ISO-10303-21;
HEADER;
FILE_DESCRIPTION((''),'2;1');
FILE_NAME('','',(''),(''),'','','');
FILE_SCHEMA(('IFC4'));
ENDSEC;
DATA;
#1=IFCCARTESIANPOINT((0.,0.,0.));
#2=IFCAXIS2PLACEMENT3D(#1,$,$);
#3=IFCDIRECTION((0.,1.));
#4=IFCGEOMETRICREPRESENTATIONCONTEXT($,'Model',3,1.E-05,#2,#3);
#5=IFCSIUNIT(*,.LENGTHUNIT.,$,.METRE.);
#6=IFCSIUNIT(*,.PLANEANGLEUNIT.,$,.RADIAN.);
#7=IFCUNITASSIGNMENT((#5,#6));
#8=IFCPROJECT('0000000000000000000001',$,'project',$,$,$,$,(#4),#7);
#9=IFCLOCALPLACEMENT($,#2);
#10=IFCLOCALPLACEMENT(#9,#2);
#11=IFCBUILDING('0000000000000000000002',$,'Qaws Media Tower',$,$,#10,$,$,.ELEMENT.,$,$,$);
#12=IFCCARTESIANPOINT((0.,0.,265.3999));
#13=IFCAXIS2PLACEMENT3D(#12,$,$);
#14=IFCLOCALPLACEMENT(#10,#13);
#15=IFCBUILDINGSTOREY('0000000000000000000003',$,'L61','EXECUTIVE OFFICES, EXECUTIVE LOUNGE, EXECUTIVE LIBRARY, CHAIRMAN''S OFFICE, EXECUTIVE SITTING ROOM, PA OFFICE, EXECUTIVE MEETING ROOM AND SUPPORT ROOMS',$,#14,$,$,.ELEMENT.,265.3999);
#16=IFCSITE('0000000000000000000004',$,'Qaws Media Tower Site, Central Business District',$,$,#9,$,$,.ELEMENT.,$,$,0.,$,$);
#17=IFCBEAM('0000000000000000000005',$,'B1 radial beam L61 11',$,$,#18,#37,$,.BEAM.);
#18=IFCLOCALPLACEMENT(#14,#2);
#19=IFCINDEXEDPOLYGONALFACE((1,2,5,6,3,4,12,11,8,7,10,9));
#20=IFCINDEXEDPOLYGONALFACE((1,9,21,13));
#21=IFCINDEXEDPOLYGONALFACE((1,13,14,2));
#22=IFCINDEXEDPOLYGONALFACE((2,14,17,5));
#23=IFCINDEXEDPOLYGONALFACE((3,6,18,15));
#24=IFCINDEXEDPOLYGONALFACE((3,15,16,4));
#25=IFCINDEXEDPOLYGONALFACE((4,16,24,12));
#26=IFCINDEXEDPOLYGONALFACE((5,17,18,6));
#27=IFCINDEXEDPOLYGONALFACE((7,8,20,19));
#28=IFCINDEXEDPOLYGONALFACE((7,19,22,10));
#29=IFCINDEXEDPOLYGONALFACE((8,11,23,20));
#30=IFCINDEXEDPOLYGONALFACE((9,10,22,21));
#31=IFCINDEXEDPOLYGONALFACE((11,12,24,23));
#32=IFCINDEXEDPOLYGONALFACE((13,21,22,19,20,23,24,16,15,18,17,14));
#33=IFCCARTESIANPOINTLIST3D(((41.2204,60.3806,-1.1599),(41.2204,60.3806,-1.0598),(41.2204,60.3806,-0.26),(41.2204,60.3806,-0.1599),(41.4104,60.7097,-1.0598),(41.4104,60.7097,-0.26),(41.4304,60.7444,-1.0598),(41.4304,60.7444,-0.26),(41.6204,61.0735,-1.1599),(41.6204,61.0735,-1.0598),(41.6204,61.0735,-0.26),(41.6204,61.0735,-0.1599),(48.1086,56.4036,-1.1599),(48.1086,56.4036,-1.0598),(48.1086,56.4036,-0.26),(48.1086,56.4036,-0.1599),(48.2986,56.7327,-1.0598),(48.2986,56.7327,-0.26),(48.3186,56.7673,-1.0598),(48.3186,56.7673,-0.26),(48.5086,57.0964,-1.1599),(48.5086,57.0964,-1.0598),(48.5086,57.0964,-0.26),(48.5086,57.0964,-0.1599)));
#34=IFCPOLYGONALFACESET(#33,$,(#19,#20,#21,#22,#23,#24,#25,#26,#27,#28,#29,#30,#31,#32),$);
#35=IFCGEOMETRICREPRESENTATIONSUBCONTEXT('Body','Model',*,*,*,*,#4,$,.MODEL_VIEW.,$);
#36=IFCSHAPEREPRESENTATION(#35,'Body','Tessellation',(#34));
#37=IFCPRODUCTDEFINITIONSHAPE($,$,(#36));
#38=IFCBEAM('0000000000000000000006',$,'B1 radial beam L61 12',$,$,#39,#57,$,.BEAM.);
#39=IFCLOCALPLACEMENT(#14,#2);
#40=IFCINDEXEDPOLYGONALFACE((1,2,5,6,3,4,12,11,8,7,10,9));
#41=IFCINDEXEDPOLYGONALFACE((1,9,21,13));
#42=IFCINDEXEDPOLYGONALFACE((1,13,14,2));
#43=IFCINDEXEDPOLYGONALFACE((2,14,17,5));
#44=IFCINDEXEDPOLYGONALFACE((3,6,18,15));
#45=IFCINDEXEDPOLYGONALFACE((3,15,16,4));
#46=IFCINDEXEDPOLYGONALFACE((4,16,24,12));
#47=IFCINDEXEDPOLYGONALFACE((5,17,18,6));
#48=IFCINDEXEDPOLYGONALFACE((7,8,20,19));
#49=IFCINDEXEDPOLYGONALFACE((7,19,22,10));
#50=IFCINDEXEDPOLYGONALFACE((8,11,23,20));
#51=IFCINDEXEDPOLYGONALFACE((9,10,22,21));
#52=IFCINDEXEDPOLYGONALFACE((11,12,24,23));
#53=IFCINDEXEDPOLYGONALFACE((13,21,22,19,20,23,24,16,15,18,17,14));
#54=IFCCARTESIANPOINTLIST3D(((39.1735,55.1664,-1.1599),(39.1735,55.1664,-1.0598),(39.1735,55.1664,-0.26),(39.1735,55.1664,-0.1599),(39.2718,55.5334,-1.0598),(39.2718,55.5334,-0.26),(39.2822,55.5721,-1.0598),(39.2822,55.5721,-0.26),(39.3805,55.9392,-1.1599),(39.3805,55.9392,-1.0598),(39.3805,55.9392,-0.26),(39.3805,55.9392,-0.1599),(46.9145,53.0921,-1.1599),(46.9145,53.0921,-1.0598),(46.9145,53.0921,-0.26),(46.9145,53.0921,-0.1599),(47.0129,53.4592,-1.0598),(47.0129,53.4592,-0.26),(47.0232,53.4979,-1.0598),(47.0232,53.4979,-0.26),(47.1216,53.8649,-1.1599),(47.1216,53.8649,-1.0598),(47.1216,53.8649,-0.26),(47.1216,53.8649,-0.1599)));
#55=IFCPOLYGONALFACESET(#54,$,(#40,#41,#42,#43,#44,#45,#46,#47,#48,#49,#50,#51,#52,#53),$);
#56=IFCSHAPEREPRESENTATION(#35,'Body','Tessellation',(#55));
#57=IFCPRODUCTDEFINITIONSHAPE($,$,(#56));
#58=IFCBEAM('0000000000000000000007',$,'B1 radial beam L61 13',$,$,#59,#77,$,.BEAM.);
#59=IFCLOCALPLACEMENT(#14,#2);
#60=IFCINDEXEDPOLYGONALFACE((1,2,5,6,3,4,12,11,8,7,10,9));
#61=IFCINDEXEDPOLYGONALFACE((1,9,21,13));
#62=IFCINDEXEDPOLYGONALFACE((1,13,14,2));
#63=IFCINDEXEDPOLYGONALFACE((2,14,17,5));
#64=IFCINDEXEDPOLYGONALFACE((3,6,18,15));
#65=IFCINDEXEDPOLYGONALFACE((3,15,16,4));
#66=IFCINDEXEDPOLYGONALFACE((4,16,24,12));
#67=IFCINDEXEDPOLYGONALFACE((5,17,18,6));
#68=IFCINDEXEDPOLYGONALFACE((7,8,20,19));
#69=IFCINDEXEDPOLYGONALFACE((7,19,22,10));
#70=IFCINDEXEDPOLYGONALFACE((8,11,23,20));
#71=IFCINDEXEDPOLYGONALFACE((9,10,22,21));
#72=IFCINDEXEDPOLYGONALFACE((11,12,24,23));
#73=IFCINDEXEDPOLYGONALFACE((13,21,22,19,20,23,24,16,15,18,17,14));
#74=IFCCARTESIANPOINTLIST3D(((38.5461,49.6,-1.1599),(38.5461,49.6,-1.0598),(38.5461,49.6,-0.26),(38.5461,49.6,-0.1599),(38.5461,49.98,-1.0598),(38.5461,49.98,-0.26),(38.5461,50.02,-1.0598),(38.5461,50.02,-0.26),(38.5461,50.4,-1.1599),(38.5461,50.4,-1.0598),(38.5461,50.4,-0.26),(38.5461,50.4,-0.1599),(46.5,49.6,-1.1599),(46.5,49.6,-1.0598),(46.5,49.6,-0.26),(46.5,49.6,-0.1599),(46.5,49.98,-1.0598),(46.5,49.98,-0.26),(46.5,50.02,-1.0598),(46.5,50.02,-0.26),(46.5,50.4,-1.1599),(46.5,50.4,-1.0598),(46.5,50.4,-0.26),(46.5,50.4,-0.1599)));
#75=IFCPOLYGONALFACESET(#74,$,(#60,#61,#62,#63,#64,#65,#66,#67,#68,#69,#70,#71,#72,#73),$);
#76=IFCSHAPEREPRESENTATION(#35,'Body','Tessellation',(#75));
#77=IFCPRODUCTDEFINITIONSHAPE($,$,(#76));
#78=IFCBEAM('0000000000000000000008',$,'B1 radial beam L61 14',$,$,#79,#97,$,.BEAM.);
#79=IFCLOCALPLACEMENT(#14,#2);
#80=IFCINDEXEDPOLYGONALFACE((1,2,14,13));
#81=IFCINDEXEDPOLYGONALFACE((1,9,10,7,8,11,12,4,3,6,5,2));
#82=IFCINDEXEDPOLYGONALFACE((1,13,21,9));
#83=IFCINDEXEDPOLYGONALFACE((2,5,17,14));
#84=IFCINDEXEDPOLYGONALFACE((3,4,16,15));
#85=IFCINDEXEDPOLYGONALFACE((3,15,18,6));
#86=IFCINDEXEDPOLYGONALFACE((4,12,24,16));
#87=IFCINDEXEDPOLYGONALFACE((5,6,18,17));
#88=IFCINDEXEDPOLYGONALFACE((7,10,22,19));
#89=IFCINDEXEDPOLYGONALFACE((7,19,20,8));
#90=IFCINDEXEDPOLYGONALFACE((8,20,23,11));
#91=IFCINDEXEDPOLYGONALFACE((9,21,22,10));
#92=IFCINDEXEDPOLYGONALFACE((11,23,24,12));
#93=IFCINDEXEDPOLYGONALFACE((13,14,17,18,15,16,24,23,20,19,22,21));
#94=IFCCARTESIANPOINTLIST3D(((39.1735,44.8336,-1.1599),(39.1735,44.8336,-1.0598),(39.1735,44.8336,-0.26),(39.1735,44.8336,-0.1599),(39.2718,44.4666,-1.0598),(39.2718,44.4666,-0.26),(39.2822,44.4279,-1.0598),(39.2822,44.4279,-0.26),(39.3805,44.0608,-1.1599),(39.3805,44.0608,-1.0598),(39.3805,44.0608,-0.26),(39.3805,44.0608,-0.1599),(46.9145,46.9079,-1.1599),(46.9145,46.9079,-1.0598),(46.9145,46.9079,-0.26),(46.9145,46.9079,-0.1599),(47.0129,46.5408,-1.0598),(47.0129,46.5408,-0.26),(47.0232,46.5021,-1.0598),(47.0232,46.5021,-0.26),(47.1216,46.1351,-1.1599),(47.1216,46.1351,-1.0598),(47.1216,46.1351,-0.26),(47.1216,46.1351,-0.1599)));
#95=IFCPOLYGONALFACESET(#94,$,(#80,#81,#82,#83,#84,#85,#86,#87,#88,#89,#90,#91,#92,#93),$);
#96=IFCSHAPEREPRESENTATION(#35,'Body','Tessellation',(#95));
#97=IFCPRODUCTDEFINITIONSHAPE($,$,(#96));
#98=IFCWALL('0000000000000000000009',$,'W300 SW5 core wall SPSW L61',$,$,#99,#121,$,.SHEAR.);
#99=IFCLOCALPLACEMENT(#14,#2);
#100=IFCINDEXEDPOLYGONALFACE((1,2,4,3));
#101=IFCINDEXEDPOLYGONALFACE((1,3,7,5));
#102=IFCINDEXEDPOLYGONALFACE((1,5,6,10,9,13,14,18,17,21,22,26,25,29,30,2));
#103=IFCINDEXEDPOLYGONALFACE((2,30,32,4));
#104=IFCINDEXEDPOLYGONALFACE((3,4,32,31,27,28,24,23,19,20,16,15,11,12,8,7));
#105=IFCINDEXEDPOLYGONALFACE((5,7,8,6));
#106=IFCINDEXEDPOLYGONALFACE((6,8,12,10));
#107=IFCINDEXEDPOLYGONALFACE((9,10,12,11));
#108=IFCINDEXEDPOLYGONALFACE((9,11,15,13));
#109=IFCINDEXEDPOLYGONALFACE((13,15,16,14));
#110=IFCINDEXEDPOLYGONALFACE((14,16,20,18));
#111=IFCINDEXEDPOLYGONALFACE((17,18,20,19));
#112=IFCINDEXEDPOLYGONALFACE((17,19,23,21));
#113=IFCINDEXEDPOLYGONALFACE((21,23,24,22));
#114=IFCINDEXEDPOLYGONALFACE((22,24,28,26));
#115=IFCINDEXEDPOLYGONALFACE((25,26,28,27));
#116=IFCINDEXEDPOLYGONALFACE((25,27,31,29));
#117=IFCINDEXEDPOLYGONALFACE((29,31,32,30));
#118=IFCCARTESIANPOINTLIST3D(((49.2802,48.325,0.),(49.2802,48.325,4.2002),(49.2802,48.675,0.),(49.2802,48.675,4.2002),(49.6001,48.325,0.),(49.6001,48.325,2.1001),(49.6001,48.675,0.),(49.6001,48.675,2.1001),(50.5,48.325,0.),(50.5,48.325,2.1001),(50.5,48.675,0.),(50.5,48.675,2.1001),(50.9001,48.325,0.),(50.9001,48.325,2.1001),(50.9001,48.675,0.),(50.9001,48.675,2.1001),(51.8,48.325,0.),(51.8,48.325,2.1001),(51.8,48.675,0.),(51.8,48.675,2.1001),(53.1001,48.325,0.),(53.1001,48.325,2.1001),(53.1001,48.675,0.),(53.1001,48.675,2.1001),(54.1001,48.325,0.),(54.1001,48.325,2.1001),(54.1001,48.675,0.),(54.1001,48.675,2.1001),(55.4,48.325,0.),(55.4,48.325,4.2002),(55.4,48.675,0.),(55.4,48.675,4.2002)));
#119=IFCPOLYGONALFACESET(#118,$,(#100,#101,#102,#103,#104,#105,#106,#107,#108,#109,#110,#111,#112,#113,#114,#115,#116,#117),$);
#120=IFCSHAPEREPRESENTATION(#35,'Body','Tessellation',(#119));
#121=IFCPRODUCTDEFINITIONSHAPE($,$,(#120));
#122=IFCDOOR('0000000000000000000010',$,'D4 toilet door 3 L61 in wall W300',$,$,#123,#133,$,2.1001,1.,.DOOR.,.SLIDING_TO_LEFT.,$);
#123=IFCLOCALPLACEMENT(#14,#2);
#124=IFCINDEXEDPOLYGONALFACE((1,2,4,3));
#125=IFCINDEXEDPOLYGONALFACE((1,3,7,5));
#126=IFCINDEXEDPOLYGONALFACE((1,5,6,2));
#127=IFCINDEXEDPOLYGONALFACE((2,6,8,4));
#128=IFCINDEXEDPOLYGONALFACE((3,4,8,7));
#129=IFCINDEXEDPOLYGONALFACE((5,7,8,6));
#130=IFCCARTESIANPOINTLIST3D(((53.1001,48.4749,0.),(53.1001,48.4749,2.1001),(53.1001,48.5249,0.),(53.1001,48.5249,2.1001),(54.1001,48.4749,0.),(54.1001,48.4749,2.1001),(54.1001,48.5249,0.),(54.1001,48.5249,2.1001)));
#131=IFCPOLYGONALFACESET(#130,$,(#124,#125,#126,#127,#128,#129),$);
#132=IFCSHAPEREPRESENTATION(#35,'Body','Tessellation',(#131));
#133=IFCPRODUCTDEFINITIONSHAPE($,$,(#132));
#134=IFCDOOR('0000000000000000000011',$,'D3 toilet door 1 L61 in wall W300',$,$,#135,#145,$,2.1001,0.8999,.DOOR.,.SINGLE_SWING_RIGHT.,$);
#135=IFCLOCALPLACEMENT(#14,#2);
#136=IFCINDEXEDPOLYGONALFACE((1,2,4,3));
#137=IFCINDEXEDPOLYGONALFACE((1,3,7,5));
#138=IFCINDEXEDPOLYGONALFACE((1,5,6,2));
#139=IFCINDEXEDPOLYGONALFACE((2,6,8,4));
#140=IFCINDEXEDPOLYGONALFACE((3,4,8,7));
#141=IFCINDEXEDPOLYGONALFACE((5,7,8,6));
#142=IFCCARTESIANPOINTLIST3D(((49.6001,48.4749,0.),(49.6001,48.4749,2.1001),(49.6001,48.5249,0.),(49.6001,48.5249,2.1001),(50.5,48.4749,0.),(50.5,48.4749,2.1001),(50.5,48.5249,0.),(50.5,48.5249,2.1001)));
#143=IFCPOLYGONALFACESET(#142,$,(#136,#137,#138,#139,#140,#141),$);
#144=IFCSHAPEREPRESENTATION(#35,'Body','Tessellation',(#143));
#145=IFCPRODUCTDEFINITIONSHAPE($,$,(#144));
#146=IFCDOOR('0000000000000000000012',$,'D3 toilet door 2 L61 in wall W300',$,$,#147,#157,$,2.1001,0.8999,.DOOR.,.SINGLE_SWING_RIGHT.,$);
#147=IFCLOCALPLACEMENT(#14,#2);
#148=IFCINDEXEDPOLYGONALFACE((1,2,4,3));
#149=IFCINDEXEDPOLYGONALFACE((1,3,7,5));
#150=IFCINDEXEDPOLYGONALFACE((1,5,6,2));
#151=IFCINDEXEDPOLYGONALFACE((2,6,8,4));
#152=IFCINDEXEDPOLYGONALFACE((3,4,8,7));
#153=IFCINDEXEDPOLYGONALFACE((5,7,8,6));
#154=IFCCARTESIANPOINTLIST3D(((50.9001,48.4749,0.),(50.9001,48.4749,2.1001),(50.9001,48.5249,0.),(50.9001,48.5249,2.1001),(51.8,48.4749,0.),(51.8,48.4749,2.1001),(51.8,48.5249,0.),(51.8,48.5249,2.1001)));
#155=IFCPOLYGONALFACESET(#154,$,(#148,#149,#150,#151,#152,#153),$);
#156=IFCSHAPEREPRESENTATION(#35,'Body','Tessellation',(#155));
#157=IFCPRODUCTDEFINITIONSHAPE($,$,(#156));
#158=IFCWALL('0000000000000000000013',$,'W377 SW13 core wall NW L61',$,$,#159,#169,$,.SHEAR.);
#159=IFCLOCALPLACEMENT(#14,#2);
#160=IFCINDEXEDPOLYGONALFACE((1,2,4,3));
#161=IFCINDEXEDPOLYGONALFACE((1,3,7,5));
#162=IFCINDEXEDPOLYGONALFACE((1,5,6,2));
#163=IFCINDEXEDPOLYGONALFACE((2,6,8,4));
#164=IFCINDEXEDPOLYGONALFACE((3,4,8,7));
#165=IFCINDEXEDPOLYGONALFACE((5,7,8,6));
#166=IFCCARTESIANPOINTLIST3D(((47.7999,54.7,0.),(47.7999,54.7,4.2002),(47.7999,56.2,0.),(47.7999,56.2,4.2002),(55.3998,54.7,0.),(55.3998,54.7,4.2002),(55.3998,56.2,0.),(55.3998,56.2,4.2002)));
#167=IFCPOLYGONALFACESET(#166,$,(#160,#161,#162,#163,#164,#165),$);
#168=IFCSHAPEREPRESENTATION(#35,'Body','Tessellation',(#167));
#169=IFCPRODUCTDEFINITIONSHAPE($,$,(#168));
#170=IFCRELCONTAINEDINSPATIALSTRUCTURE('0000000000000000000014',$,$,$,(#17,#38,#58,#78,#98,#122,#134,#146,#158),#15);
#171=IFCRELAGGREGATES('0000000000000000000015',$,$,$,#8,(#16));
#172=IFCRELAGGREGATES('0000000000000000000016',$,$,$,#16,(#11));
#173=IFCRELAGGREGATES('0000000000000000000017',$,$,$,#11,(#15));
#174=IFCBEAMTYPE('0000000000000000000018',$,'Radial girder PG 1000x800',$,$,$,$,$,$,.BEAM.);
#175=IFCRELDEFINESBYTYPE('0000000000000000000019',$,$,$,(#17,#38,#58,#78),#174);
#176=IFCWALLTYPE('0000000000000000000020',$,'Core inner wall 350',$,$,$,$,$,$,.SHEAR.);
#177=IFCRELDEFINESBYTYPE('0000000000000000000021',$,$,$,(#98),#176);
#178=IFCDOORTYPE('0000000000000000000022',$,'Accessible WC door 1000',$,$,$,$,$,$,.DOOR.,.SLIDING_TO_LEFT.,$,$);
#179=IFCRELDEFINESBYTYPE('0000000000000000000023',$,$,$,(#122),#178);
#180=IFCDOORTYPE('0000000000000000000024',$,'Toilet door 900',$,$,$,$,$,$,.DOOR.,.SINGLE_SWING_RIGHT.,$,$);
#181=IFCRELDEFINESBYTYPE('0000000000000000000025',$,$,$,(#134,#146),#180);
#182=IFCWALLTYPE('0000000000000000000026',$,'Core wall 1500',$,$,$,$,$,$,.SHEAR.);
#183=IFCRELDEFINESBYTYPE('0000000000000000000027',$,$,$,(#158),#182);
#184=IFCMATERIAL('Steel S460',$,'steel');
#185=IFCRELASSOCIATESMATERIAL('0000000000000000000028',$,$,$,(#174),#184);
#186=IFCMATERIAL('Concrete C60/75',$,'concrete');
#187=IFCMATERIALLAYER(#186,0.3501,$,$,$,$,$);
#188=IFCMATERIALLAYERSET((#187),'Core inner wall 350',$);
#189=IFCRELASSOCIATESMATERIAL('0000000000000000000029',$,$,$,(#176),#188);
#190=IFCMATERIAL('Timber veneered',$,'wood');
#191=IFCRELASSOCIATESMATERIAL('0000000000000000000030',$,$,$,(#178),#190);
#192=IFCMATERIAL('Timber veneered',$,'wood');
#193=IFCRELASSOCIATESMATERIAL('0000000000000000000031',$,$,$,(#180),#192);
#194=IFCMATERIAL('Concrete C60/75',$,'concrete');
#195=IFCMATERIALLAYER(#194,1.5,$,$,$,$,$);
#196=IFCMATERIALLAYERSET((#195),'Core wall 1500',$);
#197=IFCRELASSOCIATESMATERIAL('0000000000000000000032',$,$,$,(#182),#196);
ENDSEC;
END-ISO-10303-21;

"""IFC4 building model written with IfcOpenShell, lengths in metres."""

from ifc_helpers import new_model, si_unit, direction, frame, frame_2d, origin, origin_2d, place, context, subcontext, project, spatial, rectangle, i_section, extrude, material, layer, layer_set, material_profile, profile_set, type_object, element, fill, save


model = new_model("IFC4")

# Units and contexts
model_context = context("Model", 3, precision=1e-05, world=origin(), true_north=direction((0.0, 1.0)))
body_context = subcontext(model_context, "Body", "Model", "MODEL_VIEW")
ifc_project = project(units=[si_unit("LENGTHUNIT", "METRE"), si_unit("PLANEANGLEUNIT", "RADIAN")], contexts=[model_context])

# Site, building, storey
site_placement = place(None, origin())
site = spatial("IfcSite", under=ifc_project, at=site_placement, Name="Qaws Media Tower Site, Central Business District", CompositionType="ELEMENT", RefElevation=0.0)
building_placement = place(site_placement, origin())
building = spatial("IfcBuilding", under=site, at=building_placement, Name="Qaws Media Tower", CompositionType="ELEMENT")
storey_placement = place(building_placement, frame((0.0, 0.0, 265.3999)))
storey = spatial("IfcBuildingStorey", under=building, at=storey_placement, Name="L61", Description="EXECUTIVE OFFICES, EXECUTIVE LOUNGE, EXECUTIVE LIBRARY, CHAIRMAN'S OFFICE, EXECUTIVE SITTING ROOM, PA OFFICE, EXECUTIVE MEETING ROOM AND SUPPORT ROOMS", CompositionType="ELEMENT", Elevation=265.3999)

# Beams
ifc_material_1 = material(Name="Steel S460", Category="steel")
ifc_material_profile_1 = material_profile(ifc_material_1, i_section(OverallWidth=0.8, OverallDepth=1.0, WebThickness=0.04, FlangeThickness=0.1001, at=origin_2d()), Name="PG 1000x800")
ifc_profile_set_1 = profile_set([ifc_material_profile_1], Name="Steel S460")
beam_type_1 = type_object("IfcBeamType", Name="Radial girder PG 1000x800", PredefinedType="BEAM", material=ifc_profile_set_1)
beam_1_placement = place(storey_placement, frame((48.3086, 56.75, -0.6599), z_axis=(-0.866017, 0.500015, 0.0), x_axis=(-0.500015, -0.866017, 0.0)))
element("IfcBeam", 1, at=beam_1_placement, inside=storey, type_object=beam_type_1, Name="B1 radial beam L61 11", PredefinedType="BEAM", context=body_context, shape_type="SweptSolid", body=[
    extrude(i_section(OverallWidth=0.8, OverallDepth=1.0, WebThickness=0.04, FlangeThickness=0.1001, at=origin_2d()), origin(), (0.0, 0.0, 1.0), 7.9539),
])
beam_2_placement = place(storey_placement, frame((47.0181, 53.4785, -0.6599), z_axis=(-0.965925, 0.258823, 0.0), x_axis=(-0.258823, -0.965925, 0.0)))
element("IfcBeam", 2, at=beam_2_placement, inside=storey, type_object=beam_type_1, Name="B1 radial beam L61 12", PredefinedType="BEAM", context=body_context, shape_type="SweptSolid", body=[
    extrude(i_section(OverallWidth=0.8, OverallDepth=1.0, WebThickness=0.04, FlangeThickness=0.1001, at=origin_2d()), origin(), (0.0, 0.0, 1.0), 8.0142),
])
beam_3_placement = place(storey_placement, frame((46.5, 50.0, -0.6599), z_axis=(-1.0, 0.0, 0.0), x_axis=(0.0, -1.0, 0.0)))
element("IfcBeam", 3, at=beam_3_placement, inside=storey, type_object=beam_type_1, Name="B1 radial beam L61 13", PredefinedType="BEAM", context=body_context, shape_type="SweptSolid", body=[
    extrude(i_section(OverallWidth=0.8, OverallDepth=1.0, WebThickness=0.04, FlangeThickness=0.1001, at=origin_2d()), origin(), (0.0, 0.0, 1.0), 7.9539),
])
beam_4_placement = place(storey_placement, frame((47.0181, 46.5215, -0.6599), z_axis=(-0.965925, -0.258823, 0.0), x_axis=(0.258823, -0.965925, 0.0)))
element("IfcBeam", 4, at=beam_4_placement, inside=storey, type_object=beam_type_1, Name="B1 radial beam L61 14", PredefinedType="BEAM", context=body_context, shape_type="SweptSolid", body=[
    extrude(i_section(OverallWidth=0.8, OverallDepth=1.0, WebThickness=0.04, FlangeThickness=0.1001, at=origin_2d()), origin(), (0.0, 0.0, 1.0), 8.0142),
])

# Wall, openings, doors
ifc_material_2 = material(Name="Concrete C60/75", Category="concrete")
ifc_layer_1 = layer(ifc_material_2, 0.3501)
ifc_layer_set_1 = layer_set([ifc_layer_1], Name="Core inner wall 350")
wall_type_1 = type_object("IfcWallType", Name="Core inner wall 350", PredefinedType="SHEAR", material=ifc_layer_set_1)
wall_1_placement = place(storey_placement, frame((49.28, 48.5, 0.0), z_axis=(0.0, 0.0, 1.0), x_axis=(1.0, 0.0, 0.0)))
wall_1 = element("IfcWall", 5, at=wall_1_placement, inside=storey, type_object=wall_type_1, Name="W300 SW5 core wall SPSW L61", PredefinedType="SHEAR", context=body_context, shape_type="SweptSolid", body=[
    extrude(rectangle(XDim=6.1199, YDim=0.3501, at=frame_2d((3.0601, 0.0))), origin(), (0.0, 0.0, 1.0), 4.2002),
])
opening_1_placement = place(wall_1_placement, frame((0.3201, 0.0, 0.0)))
opening_1 = element("IfcOpeningElement", 6, at=opening_1_placement, cuts=wall_1, PredefinedType="OPENING", context=body_context, shape_type="SweptSolid", body=[
    extrude(rectangle(XDim=0.8999, YDim=2.1001, at=frame_2d((0.45, 1.05))), frame((0.0, 0.1851, 0.0), z_axis=(0.0, -1.0, 0.0), x_axis=(1.0, 0.0, 0.0)), (0.0, 0.0, 1.0), 0.3701),
])
opening_2_placement = place(wall_1_placement, frame((1.6201, 0.0, 0.0)))
opening_2 = element("IfcOpeningElement", 7, at=opening_2_placement, cuts=wall_1, PredefinedType="OPENING", context=body_context, shape_type="SweptSolid", body=[
    extrude(rectangle(XDim=0.8999, YDim=2.1001, at=frame_2d((0.45, 1.05))), frame((0.0, 0.1851, 0.0), z_axis=(0.0, -1.0, 0.0), x_axis=(1.0, 0.0, 0.0)), (0.0, 0.0, 1.0), 0.3701),
])
opening_3_placement = place(wall_1_placement, frame((3.8201, 0.0, 0.0)))
opening_3 = element("IfcOpeningElement", 8, at=opening_3_placement, cuts=wall_1, PredefinedType="OPENING", context=body_context, shape_type="SweptSolid", body=[
    extrude(rectangle(XDim=1.0, YDim=2.1001, at=frame_2d((0.5, 1.05))), frame((0.0, 0.1851, 0.0), z_axis=(0.0, -1.0, 0.0), x_axis=(1.0, 0.0, 0.0)), (0.0, 0.0, 1.0), 0.3701),
])
ifc_material_3 = material(Name="Timber veneered", Category="wood")
door_type_1 = type_object("IfcDoorType", Name="Accessible WC door 1000", OperationType="SLIDING_TO_LEFT", PredefinedType="DOOR", material=ifc_material_3)
door_1_placement = place(opening_3_placement, origin())
door_1 = element("IfcDoor", 9, at=door_1_placement, inside=storey, type_object=door_type_1, Name="D4 toilet door 3 L61 in wall W300", OperationType="SLIDING_TO_LEFT", OverallHeight=2.1001, OverallWidth=1.0, PredefinedType="DOOR", context=body_context, shape_type="SweptSolid", body=[
    extrude(rectangle(XDim=1.0, YDim=2.1001, at=frame_2d((0.5, 1.05))), frame((0.0, 0.0249, 0.0), z_axis=(0.0, -1.0, 0.0), x_axis=(1.0, 0.0, 0.0)), (0.0, 0.0, 1.0), 0.05),
])
fill(opening_3, door_1)
ifc_material_4 = material(Name="Timber veneered", Category="wood")
door_type_2 = type_object("IfcDoorType", Name="Toilet door 900", OperationType="SINGLE_SWING_RIGHT", PredefinedType="DOOR", material=ifc_material_4)
door_2_placement = place(opening_1_placement, origin())
door_2 = element("IfcDoor", 10, at=door_2_placement, inside=storey, type_object=door_type_2, Name="D3 toilet door 1 L61 in wall W300", OperationType="SINGLE_SWING_RIGHT", OverallHeight=2.1001, OverallWidth=0.8999, PredefinedType="DOOR", context=body_context, shape_type="SweptSolid", body=[
    extrude(rectangle(XDim=0.8999, YDim=2.1001, at=frame_2d((0.45, 1.05))), frame((0.0, 0.0249, 0.0), z_axis=(0.0, -1.0, 0.0), x_axis=(1.0, 0.0, 0.0)), (0.0, 0.0, 1.0), 0.05),
])
fill(opening_1, door_2)
door_3_placement = place(opening_2_placement, origin())
door_3 = element("IfcDoor", 11, at=door_3_placement, inside=storey, type_object=door_type_2, Name="D3 toilet door 2 L61 in wall W300", OperationType="SINGLE_SWING_RIGHT", OverallHeight=2.1001, OverallWidth=0.8999, PredefinedType="DOOR", context=body_context, shape_type="SweptSolid", body=[
    extrude(rectangle(XDim=0.8999, YDim=2.1001, at=frame_2d((0.45, 1.05))), frame((0.0, 0.0249, 0.0), z_axis=(0.0, -1.0, 0.0), x_axis=(1.0, 0.0, 0.0)), (0.0, 0.0, 1.0), 0.05),
])
fill(opening_2, door_3)

# Wall
ifc_material_5 = material(Name="Concrete C60/75", Category="concrete")
ifc_layer_2 = layer(ifc_material_5, 1.5)
ifc_layer_set_2 = layer_set([ifc_layer_2], Name="Core wall 1500")
wall_type_2 = type_object("IfcWallType", Name="Core wall 1500", PredefinedType="SHEAR", material=ifc_layer_set_2)
wall_2_placement = place(storey_placement, frame((47.8, 55.45, 0.0), z_axis=(0.0, 0.0, 1.0), x_axis=(1.0, 0.0, 0.0)))
element("IfcWall", 12, at=wall_2_placement, inside=storey, type_object=wall_type_2, Name="W377 SW13 core wall NW L61", PredefinedType="SHEAR", context=body_context, shape_type="SweptSolid", body=[
    extrude(rectangle(XDim=7.5999, YDim=1.5, at=frame_2d((3.7998, 0.0))), origin(), (0.0, 0.0, 1.0), 4.2002),
])

save(model, "model.ifc")
